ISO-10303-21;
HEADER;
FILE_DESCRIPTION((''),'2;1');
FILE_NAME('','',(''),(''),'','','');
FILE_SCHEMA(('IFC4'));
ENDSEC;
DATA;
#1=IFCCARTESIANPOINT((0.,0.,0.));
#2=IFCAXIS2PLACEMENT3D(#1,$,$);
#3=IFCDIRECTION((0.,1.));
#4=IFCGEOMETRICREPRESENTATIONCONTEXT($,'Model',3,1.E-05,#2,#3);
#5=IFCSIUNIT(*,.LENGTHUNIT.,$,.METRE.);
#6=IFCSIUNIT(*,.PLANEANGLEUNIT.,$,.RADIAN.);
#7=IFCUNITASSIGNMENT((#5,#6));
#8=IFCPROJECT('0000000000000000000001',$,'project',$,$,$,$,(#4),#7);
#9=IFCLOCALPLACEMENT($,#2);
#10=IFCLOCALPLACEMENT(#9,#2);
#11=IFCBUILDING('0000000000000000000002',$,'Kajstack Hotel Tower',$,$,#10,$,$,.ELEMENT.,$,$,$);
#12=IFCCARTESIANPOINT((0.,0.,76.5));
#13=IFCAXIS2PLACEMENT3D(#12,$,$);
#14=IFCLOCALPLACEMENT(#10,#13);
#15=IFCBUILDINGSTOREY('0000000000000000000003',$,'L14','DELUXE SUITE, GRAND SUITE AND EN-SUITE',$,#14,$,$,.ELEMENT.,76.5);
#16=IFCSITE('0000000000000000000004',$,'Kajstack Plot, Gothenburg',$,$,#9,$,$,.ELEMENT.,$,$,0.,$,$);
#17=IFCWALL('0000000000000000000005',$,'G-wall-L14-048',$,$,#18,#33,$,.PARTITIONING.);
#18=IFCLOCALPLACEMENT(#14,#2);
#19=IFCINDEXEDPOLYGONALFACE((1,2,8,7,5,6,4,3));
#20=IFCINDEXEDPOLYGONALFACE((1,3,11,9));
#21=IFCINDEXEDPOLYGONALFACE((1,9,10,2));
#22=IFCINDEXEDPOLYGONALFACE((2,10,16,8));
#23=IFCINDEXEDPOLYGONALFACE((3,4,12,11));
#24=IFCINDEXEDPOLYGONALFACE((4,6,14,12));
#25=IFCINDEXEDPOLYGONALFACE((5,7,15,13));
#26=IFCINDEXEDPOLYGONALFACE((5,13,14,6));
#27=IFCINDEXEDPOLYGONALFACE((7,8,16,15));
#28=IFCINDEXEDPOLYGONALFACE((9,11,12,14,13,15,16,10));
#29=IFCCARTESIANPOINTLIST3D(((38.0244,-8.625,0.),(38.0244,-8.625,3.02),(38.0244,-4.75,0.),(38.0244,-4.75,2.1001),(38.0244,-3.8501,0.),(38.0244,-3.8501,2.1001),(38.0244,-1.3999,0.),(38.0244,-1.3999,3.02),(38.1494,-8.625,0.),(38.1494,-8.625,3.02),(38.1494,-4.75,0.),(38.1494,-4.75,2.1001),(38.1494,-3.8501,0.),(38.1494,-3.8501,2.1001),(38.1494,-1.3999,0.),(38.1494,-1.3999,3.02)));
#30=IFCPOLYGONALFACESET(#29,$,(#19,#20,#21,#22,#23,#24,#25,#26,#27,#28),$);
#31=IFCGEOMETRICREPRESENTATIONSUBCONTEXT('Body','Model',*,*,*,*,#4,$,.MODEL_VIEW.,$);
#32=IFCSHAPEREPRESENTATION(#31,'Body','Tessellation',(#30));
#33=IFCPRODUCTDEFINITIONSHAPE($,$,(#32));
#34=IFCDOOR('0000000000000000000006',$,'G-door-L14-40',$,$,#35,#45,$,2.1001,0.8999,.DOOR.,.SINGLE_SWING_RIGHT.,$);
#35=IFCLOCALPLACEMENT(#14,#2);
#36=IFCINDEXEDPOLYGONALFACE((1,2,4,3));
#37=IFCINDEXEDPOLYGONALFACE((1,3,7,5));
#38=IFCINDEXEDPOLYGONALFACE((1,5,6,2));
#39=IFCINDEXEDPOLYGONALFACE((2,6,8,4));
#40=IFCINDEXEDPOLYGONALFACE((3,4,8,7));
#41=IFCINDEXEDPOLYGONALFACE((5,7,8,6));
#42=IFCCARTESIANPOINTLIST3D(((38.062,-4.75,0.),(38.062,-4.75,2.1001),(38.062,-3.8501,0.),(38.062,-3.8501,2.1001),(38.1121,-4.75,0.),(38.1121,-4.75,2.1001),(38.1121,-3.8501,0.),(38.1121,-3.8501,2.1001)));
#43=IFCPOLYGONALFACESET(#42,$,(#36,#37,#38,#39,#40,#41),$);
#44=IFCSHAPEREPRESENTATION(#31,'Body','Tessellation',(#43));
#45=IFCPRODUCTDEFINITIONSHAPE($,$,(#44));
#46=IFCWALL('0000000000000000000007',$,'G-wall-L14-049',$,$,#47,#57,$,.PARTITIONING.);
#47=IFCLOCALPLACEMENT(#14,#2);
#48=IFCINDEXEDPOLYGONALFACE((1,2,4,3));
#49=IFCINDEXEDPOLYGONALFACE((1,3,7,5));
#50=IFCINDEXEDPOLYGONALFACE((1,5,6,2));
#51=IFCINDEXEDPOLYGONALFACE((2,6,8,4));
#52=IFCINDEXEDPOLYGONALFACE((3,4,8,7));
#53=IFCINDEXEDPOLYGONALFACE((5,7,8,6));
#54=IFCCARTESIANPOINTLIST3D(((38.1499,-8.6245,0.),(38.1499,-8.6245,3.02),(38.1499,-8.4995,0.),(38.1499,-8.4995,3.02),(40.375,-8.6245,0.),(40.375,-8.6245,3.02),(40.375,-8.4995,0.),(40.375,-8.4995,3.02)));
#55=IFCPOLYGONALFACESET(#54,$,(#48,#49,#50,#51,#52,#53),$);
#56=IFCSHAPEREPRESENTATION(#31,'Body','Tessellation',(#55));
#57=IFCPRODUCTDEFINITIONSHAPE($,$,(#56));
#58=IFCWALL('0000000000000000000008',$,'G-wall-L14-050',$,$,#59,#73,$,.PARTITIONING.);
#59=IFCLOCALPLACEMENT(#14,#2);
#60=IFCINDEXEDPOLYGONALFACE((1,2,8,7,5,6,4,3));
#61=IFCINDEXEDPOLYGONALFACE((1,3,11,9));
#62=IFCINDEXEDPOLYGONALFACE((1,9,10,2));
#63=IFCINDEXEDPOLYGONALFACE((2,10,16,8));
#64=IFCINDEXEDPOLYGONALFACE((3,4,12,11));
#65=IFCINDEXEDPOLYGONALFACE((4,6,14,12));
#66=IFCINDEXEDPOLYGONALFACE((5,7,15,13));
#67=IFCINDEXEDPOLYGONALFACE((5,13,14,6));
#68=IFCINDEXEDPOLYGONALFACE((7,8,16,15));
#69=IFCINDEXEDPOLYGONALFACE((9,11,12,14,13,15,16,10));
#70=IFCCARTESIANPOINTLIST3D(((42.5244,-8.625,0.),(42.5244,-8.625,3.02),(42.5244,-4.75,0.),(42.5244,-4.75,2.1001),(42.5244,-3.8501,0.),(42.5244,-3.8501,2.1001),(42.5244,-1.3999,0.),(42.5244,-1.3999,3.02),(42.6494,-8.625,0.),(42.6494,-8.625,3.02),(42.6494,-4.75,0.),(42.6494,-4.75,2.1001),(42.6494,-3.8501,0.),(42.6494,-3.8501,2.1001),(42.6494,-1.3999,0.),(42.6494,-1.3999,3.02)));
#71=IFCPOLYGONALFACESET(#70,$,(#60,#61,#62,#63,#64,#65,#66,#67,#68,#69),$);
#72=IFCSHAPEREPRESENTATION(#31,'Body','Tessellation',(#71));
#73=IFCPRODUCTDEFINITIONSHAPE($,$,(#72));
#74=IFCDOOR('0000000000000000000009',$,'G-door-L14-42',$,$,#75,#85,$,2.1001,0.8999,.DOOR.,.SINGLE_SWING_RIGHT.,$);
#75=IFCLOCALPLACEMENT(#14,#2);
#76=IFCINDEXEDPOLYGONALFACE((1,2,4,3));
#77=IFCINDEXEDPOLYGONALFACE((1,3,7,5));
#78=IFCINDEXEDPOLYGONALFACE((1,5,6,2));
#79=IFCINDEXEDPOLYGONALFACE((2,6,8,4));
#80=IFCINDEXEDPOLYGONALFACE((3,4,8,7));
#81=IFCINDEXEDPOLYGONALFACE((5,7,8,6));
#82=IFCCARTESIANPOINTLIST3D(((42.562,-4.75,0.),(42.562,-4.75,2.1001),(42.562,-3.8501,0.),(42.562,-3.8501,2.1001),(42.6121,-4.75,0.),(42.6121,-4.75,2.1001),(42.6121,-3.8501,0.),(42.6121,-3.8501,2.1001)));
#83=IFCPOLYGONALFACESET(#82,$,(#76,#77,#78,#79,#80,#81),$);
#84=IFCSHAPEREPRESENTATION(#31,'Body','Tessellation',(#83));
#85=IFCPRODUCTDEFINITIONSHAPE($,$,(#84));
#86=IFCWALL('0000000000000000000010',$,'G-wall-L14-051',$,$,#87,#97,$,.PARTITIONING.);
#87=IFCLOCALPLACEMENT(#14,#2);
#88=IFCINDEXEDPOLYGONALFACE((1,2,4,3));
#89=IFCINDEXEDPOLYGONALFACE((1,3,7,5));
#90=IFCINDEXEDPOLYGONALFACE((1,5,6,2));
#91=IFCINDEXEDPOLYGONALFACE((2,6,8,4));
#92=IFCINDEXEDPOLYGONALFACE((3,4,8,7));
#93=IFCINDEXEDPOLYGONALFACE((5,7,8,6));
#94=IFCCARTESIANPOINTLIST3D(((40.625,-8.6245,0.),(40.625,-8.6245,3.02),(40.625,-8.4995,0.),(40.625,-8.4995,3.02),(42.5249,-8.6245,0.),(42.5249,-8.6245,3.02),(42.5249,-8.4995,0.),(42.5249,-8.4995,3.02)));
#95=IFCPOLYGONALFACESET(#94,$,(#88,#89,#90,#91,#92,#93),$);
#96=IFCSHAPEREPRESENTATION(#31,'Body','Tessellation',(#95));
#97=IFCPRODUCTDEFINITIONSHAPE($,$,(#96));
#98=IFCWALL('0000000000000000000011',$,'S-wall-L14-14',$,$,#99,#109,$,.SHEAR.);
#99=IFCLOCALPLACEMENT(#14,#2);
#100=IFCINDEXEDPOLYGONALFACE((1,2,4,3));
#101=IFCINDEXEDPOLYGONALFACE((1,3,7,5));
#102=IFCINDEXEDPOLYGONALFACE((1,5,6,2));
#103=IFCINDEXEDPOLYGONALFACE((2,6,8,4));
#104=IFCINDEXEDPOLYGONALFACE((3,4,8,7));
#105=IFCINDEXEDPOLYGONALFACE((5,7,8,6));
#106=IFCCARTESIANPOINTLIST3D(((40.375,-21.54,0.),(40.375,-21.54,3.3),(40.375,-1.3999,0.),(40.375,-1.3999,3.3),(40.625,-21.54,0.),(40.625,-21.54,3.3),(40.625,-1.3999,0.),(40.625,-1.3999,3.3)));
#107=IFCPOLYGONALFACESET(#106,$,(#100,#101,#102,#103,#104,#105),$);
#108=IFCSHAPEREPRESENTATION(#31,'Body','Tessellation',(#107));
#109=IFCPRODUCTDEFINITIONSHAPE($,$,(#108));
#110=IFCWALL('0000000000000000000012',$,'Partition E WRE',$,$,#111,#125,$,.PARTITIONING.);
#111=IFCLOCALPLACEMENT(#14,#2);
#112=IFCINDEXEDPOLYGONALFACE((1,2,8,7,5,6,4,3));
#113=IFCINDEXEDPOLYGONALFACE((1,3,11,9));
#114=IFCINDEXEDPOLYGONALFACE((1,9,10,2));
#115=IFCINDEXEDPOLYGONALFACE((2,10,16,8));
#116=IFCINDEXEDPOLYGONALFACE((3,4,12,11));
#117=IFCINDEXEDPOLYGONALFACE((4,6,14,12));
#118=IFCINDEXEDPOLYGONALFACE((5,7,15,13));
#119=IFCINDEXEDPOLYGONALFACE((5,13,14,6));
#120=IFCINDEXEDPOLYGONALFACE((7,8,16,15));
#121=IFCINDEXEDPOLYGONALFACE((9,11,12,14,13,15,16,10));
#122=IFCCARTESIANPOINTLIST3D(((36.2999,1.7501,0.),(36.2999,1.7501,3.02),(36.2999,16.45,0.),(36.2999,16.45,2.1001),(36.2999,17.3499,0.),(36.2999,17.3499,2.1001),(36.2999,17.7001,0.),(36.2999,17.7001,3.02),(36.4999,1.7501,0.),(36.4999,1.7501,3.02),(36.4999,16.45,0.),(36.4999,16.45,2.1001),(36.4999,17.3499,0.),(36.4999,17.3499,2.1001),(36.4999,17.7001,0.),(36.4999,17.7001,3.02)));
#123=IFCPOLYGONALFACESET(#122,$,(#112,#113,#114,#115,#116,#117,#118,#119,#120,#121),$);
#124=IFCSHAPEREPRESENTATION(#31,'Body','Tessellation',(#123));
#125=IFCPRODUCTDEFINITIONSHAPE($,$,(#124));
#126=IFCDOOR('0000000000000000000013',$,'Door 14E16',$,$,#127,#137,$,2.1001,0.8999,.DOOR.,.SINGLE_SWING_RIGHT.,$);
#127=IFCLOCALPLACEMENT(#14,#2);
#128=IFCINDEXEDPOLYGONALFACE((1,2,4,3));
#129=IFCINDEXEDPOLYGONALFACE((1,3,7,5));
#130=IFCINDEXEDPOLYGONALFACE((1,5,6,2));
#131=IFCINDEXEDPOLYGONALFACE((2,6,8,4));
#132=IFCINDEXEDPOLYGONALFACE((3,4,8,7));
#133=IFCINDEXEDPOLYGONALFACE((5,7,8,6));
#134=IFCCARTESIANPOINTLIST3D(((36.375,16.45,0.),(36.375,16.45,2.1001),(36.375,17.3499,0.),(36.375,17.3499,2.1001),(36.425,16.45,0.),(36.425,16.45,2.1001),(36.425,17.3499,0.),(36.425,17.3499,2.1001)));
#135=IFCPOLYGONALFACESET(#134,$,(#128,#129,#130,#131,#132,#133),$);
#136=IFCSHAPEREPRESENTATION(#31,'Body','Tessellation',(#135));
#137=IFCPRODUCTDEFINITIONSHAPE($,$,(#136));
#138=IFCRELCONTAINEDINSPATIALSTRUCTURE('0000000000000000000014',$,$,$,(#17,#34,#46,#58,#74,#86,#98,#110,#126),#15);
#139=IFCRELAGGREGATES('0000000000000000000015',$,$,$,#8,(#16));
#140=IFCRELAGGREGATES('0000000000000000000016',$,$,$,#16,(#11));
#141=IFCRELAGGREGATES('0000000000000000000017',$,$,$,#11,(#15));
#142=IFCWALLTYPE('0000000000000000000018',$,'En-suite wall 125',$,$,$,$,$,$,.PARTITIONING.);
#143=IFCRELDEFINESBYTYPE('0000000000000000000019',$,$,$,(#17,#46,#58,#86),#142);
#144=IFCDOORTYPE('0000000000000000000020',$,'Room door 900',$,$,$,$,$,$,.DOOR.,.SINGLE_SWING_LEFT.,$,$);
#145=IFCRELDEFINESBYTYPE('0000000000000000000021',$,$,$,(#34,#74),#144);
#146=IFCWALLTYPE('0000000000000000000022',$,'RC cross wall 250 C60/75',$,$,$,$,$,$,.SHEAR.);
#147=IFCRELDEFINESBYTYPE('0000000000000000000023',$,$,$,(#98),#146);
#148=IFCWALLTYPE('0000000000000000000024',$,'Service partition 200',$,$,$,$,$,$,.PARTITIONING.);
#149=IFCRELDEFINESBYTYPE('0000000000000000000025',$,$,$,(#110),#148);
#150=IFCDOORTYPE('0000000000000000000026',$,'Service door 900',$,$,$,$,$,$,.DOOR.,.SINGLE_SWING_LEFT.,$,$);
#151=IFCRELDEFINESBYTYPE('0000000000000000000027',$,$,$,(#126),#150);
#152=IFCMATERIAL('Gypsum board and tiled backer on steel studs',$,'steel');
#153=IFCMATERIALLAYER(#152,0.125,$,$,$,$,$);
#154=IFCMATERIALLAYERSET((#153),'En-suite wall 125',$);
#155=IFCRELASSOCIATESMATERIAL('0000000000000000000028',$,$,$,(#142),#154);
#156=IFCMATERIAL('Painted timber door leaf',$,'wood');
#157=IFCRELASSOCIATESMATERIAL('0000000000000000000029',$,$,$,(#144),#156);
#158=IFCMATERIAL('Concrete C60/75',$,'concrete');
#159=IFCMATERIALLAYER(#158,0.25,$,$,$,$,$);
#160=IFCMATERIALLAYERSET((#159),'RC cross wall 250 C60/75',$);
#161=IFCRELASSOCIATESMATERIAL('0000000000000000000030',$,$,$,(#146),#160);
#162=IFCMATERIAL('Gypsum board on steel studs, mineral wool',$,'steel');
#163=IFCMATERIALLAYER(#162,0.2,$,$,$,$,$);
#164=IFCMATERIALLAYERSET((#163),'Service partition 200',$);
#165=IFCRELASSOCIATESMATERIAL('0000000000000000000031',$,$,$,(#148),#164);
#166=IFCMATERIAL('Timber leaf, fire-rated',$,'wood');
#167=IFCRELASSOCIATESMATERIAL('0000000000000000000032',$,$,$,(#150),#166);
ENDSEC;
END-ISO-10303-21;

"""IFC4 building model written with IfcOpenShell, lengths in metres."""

from ifc_helpers import new_model, si_unit, direction, frame, frame_2d, origin, place, context, subcontext, project, spatial, rectangle, extrude, material, layer, layer_set, type_object, element, fill, save


model = new_model("IFC4")

# Units and contexts
model_context = context("Model", 3, precision=1e-05, world=origin(), true_north=direction((0.0, 1.0)))
body_context = subcontext(model_context, "Body", "Model", "MODEL_VIEW")
ifc_project = project(units=[si_unit("LENGTHUNIT", "METRE"), si_unit("PLANEANGLEUNIT", "RADIAN")], contexts=[model_context])

# Site, building, storey
site_placement = place(None, origin())
site = spatial("IfcSite", under=ifc_project, at=site_placement, Name="Kajstack Plot, Gothenburg", CompositionType="ELEMENT", RefElevation=0.0)
building_placement = place(site_placement, origin())
building = spatial("IfcBuilding", under=site, at=building_placement, Name="Kajstack Hotel Tower", CompositionType="ELEMENT")
storey_placement = place(building_placement, frame((0.0, 0.0, 76.5)))
storey = spatial("IfcBuildingStorey", under=building, at=storey_placement, Name="L14", Description="DELUXE SUITE, GRAND SUITE AND EN-SUITE", CompositionType="ELEMENT", Elevation=76.5)

# Wall, opening, door
ifc_material_1 = material(Name="Gypsum board and tiled backer on steel studs", Category="steel")
ifc_layer_1 = layer(ifc_material_1, 0.125)
ifc_layer_set_1 = layer_set([ifc_layer_1], Name="En-suite wall 125")
wall_type_1 = type_object("IfcWallType", Name="En-suite wall 125", PredefinedType="PARTITIONING", material=ifc_layer_set_1)
wall_1_placement = place(storey_placement, frame((38.0869, -8.625, 0.0), z_axis=(0.0, 0.0, 1.0), x_axis=(0.0, 1.0, 0.0)))
wall_1 = element("IfcWall", 1, at=wall_1_placement, inside=storey, type_object=wall_type_1, Name="G-wall-L14-048", PredefinedType="PARTITIONING", context=body_context, shape_type="SweptSolid", body=[
    extrude(rectangle(XDim=7.2251, YDim=0.125, at=frame_2d((3.6125, 0.0))), origin(), (0.0, 0.0, 1.0), 3.02),
])
opening_1_placement = place(wall_1_placement, frame((3.875, 0.0, 0.0)))
opening_1 = element("IfcOpeningElement", 2, at=opening_1_placement, cuts=wall_1, PredefinedType="OPENING", context=body_context, shape_type="SweptSolid", body=[
    extrude(rectangle(XDim=0.8999, YDim=2.1001, at=frame_2d((0.45, 1.05))), frame((0.0, 0.0725, 0.0), z_axis=(0.0, -1.0, 0.0), x_axis=(1.0, 0.0, 0.0)), (0.0, 0.0, 1.0), 0.145),
])
ifc_material_2 = material(Name="Painted timber door leaf", Category="wood")
door_type_1 = type_object("IfcDoorType", Name="Room door 900", OperationType="SINGLE_SWING_LEFT", PredefinedType="DOOR", material=ifc_material_2)
door_1_placement = place(opening_1_placement, origin())
door_1 = element("IfcDoor", 3, at=door_1_placement, inside=storey, type_object=door_type_1, Name="G-door-L14-40", OperationType="SINGLE_SWING_RIGHT", OverallHeight=2.1001, OverallWidth=0.8999, PredefinedType="DOOR", context=body_context, shape_type="SweptSolid", body=[
    extrude(rectangle(XDim=0.8999, YDim=2.1001, at=frame_2d((0.45, 1.05))), frame((0.0, 0.0249, 0.0), z_axis=(0.0, -1.0, 0.0), x_axis=(1.0, 0.0, 0.0)), (0.0, 0.0, 1.0), 0.05),
])
fill(opening_1, door_1)

# Wall
wall_2_placement = place(storey_placement, frame((38.1499, -8.562, 0.0), z_axis=(0.0, 0.0, 1.0), x_axis=(1.0, 0.0, 0.0)))
element("IfcWall", 4, at=wall_2_placement, inside=storey, type_object=wall_type_1, Name="G-wall-L14-049", PredefinedType="PARTITIONING", context=body_context, shape_type="SweptSolid", body=[
    extrude(rectangle(XDim=2.2251, YDim=0.125, at=frame_2d((1.1125, 0.0))), origin(), (0.0, 0.0, 1.0), 3.02),
])

# Wall, opening, door
wall_3_placement = place(storey_placement, frame((42.5869, -8.625, 0.0), z_axis=(0.0, 0.0, 1.0), x_axis=(0.0, 1.0, 0.0)))
wall_3 = element("IfcWall", 5, at=wall_3_placement, inside=storey, type_object=wall_type_1, Name="G-wall-L14-050", PredefinedType="PARTITIONING", context=body_context, shape_type="SweptSolid", body=[
    extrude(rectangle(XDim=7.2251, YDim=0.125, at=frame_2d((3.6125, 0.0))), origin(), (0.0, 0.0, 1.0), 3.02),
])
opening_2_placement = place(wall_3_placement, frame((3.875, 0.0, 0.0)))
opening_2 = element("IfcOpeningElement", 6, at=opening_2_placement, cuts=wall_3, PredefinedType="OPENING", context=body_context, shape_type="SweptSolid", body=[
    extrude(rectangle(XDim=0.8999, YDim=2.1001, at=frame_2d((0.45, 1.05))), frame((0.0, 0.0725, 0.0), z_axis=(0.0, -1.0, 0.0), x_axis=(1.0, 0.0, 0.0)), (0.0, 0.0, 1.0), 0.145),
])
door_2_placement = place(opening_2_placement, origin())
door_2 = element("IfcDoor", 7, at=door_2_placement, inside=storey, type_object=door_type_1, Name="G-door-L14-42", OperationType="SINGLE_SWING_RIGHT", OverallHeight=2.1001, OverallWidth=0.8999, PredefinedType="DOOR", context=body_context, shape_type="SweptSolid", body=[
    extrude(rectangle(XDim=0.8999, YDim=2.1001, at=frame_2d((0.45, 1.05))), frame((0.0, 0.0249, 0.0), z_axis=(0.0, -1.0, 0.0), x_axis=(1.0, 0.0, 0.0)), (0.0, 0.0, 1.0), 0.05),
])
fill(opening_2, door_2)

# Walls
wall_4_placement = place(storey_placement, frame((40.625, -8.562, 0.0), z_axis=(0.0, 0.0, 1.0), x_axis=(1.0, 0.0, 0.0)))
element("IfcWall", 8, at=wall_4_placement, inside=storey, type_object=wall_type_1, Name="G-wall-L14-051", PredefinedType="PARTITIONING", context=body_context, shape_type="SweptSolid", body=[
    extrude(rectangle(XDim=1.8999, YDim=0.125, at=frame_2d((0.95, 0.0))), origin(), (0.0, 0.0, 1.0), 3.02),
])
ifc_material_3 = material(Name="Concrete C60/75", Category="concrete")
ifc_layer_2 = layer(ifc_material_3, 0.25)
ifc_layer_set_2 = layer_set([ifc_layer_2], Name="RC cross wall 250 C60/75")
wall_type_2 = type_object("IfcWallType", Name="RC cross wall 250 C60/75", PredefinedType="SHEAR", material=ifc_layer_set_2)
wall_5_placement = place(storey_placement, frame((40.5, -21.54, 0.0), z_axis=(0.0, 0.0, 1.0), x_axis=(0.0, 1.0, 0.0)))
element("IfcWall", 9, at=wall_5_placement, inside=storey, type_object=wall_type_2, Name="S-wall-L14-14", PredefinedType="SHEAR", context=body_context, shape_type="SweptSolid", body=[
    extrude(rectangle(XDim=20.1401, YDim=0.25, at=frame_2d((10.0701, 0.0))), origin(), (0.0, 0.0, 1.0), 3.3),
])

# Wall, opening, door
ifc_material_4 = material(Name="Gypsum board on steel studs, mineral wool", Category="steel")
ifc_layer_3 = layer(ifc_material_4, 0.2)
ifc_layer_set_3 = layer_set([ifc_layer_3], Name="Service partition 200")
wall_type_3 = type_object("IfcWallType", Name="Service partition 200", PredefinedType="PARTITIONING", material=ifc_layer_set_3)
wall_6_placement = place(storey_placement, frame((36.3999, 1.75, 0.0), z_axis=(0.0, 0.0, 1.0), x_axis=(0.0, 1.0, 0.0)))
wall_6 = element("IfcWall", 10, at=wall_6_placement, inside=storey, type_object=wall_type_3, Name="Partition E WRE", PredefinedType="PARTITIONING", context=body_context, shape_type="SweptSolid", body=[
    extrude(rectangle(XDim=15.95, YDim=0.2, at=frame_2d((7.9751, 0.0))), origin(), (0.0, 0.0, 1.0), 3.02),
])
opening_3_placement = place(wall_6_placement, frame((14.7, 0.0, 0.0)))
opening_3 = element("IfcOpeningElement", 11, at=opening_3_placement, cuts=wall_6, PredefinedType="OPENING", context=body_context, shape_type="SweptSolid", body=[
    extrude(rectangle(XDim=0.8999, YDim=2.1001, at=frame_2d((0.45, 1.05))), frame((0.0, 0.1099, 0.0), z_axis=(0.0, -1.0, 0.0), x_axis=(1.0, 0.0, 0.0)), (0.0, 0.0, 1.0), 0.22),
])
ifc_material_5 = material(Name="Timber leaf, fire-rated", Category="wood")
door_type_2 = type_object("IfcDoorType", Name="Service door 900", OperationType="SINGLE_SWING_LEFT", PredefinedType="DOOR", material=ifc_material_5)
door_3_placement = place(opening_3_placement, origin())
door_3 = element("IfcDoor", 12, at=door_3_placement, inside=storey, type_object=door_type_2, Name="Door 14E16", OperationType="SINGLE_SWING_RIGHT", OverallHeight=2.1001, OverallWidth=0.8999, PredefinedType="DOOR", context=body_context, shape_type="SweptSolid", body=[
    extrude(rectangle(XDim=0.8999, YDim=2.1001, at=frame_2d((0.45, 1.05))), frame((0.0, 0.0249, 0.0), z_axis=(0.0, -1.0, 0.0), x_axis=(1.0, 0.0, 0.0)), (0.0, 0.0, 1.0), 0.05),
])
fill(opening_3, door_3)

save(model, "model.ifc")
